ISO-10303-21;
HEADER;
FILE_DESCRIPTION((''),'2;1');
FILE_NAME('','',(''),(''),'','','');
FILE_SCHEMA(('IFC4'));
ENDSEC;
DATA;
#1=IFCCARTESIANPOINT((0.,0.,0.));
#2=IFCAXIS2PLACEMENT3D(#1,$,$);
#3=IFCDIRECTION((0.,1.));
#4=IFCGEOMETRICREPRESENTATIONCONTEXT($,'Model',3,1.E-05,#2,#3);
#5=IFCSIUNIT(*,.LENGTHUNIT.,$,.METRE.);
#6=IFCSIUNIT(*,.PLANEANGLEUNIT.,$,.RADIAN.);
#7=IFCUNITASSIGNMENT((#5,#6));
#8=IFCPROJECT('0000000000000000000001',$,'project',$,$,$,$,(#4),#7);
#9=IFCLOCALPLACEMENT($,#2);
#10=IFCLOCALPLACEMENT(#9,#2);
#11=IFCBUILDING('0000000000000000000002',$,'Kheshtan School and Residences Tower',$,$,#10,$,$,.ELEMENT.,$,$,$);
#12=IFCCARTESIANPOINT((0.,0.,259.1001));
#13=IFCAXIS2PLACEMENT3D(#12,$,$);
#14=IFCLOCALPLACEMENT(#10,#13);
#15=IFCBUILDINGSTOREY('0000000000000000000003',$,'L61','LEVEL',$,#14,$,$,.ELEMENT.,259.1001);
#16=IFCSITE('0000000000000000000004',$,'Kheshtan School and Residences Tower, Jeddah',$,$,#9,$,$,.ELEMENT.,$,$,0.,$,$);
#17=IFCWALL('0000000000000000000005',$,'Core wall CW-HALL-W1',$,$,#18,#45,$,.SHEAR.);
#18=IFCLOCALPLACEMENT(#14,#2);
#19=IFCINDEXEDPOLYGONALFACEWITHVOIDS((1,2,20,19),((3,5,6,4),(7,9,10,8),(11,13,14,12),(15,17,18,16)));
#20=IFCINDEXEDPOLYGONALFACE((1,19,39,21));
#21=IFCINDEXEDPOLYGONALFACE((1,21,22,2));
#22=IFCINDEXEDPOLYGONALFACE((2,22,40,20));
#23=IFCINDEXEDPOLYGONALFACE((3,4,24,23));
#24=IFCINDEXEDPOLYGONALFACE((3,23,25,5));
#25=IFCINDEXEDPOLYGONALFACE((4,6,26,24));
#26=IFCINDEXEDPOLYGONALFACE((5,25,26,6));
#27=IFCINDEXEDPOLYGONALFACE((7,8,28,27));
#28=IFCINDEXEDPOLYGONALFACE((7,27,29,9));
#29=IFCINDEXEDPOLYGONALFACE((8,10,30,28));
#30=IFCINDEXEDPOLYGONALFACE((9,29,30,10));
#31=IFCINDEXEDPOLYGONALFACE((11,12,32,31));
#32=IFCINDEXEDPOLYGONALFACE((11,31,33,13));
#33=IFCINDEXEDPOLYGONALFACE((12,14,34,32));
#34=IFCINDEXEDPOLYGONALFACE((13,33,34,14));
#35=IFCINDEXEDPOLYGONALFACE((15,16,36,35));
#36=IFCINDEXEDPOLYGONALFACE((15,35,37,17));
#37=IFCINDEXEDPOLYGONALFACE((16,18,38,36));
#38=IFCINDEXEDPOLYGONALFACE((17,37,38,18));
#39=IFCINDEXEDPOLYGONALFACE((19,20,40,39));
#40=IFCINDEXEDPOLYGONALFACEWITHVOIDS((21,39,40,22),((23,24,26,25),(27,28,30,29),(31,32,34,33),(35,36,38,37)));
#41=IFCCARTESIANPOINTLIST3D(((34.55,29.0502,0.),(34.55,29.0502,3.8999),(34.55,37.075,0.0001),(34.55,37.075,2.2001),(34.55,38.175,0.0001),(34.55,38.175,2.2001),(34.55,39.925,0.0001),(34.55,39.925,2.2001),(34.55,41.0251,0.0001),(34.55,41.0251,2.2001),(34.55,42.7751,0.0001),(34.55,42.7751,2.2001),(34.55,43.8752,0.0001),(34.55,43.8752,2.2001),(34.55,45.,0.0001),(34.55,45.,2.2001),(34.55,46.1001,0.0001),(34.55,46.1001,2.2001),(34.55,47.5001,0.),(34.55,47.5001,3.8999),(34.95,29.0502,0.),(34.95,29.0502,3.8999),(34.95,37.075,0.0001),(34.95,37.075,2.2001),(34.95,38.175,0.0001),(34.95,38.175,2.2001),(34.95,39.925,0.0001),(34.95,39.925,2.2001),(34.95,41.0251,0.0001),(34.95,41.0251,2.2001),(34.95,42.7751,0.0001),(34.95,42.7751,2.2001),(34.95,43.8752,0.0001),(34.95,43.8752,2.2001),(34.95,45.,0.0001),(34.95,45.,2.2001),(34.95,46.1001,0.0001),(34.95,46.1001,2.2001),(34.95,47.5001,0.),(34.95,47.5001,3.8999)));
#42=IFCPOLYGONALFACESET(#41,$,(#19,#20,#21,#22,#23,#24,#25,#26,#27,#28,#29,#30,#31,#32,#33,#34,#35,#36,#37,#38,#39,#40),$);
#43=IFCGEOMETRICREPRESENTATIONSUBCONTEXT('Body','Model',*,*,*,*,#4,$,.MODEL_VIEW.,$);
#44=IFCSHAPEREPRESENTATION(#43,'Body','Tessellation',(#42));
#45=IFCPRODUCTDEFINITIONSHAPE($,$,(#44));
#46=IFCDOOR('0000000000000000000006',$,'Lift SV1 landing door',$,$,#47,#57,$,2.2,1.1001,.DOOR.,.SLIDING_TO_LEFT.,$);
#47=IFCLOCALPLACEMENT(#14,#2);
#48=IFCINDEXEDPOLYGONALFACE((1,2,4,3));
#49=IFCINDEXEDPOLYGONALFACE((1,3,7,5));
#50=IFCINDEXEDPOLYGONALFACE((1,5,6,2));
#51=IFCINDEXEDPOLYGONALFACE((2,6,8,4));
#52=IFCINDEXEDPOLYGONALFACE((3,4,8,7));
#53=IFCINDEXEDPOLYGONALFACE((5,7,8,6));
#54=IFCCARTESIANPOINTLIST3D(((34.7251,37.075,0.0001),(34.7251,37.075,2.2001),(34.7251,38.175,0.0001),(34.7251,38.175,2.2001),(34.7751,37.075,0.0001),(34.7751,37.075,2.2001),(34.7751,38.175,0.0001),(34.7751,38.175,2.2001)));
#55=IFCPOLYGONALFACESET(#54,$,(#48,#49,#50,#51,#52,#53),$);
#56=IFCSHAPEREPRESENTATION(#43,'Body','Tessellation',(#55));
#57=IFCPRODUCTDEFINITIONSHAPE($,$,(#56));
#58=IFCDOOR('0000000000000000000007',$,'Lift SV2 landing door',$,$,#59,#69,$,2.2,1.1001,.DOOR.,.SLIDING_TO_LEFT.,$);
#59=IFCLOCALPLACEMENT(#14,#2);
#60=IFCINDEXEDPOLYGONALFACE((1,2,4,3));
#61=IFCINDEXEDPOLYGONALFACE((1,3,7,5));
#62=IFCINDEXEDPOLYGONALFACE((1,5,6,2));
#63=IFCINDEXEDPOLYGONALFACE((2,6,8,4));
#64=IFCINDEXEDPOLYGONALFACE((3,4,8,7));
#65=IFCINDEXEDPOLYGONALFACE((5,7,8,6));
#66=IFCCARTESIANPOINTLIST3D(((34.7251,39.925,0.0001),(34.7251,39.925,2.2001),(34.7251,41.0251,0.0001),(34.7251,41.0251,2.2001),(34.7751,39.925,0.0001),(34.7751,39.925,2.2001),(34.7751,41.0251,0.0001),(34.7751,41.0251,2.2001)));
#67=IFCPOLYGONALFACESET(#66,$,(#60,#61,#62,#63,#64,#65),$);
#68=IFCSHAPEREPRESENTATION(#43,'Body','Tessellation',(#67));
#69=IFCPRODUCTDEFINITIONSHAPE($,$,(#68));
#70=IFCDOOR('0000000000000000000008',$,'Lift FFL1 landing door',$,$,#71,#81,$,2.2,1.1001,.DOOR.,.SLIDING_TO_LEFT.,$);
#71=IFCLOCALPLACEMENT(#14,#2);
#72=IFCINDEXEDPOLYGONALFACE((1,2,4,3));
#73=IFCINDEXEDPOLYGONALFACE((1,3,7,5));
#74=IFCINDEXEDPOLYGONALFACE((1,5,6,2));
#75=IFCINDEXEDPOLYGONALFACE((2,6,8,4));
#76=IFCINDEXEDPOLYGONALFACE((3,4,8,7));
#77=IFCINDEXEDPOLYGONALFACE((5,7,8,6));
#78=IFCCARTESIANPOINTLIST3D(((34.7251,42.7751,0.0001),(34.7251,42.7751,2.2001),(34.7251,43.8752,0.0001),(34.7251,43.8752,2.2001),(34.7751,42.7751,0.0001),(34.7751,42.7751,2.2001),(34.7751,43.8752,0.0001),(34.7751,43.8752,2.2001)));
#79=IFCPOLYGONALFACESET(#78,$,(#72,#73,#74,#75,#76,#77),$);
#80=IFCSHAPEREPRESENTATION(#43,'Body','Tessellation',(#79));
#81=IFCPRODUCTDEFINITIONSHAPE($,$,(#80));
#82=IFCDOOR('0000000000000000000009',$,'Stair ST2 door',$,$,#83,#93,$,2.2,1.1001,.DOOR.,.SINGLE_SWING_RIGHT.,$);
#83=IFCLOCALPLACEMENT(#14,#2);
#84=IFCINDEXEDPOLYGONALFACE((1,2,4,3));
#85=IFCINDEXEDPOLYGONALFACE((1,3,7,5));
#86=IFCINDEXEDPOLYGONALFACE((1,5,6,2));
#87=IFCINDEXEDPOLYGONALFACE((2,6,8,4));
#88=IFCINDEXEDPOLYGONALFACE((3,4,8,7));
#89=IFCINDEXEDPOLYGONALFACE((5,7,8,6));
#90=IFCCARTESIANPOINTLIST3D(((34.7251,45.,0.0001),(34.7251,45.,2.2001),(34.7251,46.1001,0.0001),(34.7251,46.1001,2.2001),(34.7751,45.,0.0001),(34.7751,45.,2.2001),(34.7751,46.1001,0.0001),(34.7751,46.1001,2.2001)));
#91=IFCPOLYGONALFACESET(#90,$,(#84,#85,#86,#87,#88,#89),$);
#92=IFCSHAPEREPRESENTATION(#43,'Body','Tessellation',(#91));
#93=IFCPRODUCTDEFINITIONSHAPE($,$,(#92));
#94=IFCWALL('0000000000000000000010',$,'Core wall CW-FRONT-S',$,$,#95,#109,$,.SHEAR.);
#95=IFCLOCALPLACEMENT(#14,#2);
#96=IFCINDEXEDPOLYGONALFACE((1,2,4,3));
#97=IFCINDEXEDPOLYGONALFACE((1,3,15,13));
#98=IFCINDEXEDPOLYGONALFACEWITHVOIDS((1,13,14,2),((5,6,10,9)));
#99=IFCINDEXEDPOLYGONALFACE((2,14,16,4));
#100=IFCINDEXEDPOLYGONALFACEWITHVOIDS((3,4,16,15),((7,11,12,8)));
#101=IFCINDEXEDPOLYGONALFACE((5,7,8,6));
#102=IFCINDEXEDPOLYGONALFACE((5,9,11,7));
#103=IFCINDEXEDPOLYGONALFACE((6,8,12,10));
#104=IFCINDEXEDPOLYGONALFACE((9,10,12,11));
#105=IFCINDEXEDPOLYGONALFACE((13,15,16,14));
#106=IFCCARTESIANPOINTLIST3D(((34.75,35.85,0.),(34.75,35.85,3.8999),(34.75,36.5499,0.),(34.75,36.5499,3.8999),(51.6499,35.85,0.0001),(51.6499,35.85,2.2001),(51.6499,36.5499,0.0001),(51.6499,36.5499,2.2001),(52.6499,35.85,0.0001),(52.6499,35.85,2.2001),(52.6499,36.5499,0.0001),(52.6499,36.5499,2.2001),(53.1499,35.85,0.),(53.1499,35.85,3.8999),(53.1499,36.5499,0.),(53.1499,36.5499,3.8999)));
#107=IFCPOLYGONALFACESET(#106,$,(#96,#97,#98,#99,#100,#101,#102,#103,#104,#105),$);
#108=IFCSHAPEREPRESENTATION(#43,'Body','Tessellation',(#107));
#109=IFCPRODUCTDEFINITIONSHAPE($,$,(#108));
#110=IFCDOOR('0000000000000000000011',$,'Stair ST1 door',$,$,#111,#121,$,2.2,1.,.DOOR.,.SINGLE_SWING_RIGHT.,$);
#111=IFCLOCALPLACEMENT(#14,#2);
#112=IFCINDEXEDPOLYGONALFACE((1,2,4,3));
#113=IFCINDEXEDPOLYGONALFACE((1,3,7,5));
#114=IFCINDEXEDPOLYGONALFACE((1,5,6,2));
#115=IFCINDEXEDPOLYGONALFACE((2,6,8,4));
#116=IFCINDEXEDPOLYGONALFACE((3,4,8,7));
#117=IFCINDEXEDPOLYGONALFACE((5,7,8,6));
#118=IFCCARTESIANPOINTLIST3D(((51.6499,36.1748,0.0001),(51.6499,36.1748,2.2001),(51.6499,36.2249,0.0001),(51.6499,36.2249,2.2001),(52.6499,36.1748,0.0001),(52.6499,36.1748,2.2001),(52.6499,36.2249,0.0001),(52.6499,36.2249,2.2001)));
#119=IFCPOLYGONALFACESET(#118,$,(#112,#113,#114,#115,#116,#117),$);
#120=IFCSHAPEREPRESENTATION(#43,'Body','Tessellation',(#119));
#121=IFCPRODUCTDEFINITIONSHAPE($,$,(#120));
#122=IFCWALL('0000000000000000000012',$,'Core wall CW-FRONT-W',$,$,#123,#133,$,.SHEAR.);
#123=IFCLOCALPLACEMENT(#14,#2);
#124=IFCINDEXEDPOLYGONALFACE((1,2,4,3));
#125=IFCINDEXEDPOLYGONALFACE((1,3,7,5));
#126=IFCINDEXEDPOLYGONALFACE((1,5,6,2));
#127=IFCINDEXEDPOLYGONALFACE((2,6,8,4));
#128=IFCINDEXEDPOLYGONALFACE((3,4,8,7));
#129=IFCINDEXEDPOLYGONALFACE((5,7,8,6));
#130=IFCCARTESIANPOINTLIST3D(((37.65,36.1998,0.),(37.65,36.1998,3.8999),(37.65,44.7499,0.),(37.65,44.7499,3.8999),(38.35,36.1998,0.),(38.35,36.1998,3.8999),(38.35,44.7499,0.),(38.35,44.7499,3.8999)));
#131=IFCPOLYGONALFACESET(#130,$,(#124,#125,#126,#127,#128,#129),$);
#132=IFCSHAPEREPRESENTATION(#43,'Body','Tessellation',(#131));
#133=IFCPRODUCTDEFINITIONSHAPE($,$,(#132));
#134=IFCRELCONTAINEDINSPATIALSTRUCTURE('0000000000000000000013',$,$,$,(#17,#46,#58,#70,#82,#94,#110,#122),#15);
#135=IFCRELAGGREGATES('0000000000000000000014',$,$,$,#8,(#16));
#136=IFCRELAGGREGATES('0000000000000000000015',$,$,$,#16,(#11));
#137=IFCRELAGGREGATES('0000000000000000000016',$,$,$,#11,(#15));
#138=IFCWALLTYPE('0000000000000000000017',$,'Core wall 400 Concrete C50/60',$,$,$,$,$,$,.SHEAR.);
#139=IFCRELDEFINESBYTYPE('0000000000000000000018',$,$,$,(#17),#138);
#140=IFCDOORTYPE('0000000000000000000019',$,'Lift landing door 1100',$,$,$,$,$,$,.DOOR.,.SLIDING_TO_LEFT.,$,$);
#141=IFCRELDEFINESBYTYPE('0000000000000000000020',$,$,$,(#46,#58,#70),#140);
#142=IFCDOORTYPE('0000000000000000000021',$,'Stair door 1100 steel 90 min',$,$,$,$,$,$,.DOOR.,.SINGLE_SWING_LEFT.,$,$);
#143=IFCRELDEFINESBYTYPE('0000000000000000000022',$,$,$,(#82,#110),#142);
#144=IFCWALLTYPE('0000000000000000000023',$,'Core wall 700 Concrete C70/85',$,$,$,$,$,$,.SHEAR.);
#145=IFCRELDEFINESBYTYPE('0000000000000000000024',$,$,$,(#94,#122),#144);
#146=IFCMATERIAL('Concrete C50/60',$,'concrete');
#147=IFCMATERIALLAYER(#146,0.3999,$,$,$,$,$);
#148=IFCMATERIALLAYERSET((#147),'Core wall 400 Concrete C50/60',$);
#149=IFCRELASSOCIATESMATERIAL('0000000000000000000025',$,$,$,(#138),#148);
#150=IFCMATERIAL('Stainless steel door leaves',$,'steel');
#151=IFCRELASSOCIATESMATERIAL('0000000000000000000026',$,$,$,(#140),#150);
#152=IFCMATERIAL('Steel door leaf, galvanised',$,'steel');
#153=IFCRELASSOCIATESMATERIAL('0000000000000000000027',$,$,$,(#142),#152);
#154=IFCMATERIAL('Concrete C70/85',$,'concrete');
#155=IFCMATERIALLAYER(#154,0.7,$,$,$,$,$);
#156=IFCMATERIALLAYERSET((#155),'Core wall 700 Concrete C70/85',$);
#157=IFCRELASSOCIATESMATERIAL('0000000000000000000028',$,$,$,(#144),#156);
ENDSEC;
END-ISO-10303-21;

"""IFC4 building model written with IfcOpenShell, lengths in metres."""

from ifc_helpers import new_model, si_unit, direction, frame, frame_2d, origin, place, context, subcontext, project, spatial, rectangle, extrude, source, transform, mapped, material, layer, layer_set, type_object, element, fill, save


model = new_model("IFC4")

# Units and contexts
model_context = context("Model", 3, precision=1e-05, world=origin(), true_north=direction((0.0, 1.0)))
body_context = subcontext(model_context, "Body", "Model", "MODEL_VIEW")
ifc_project = project(units=[si_unit("LENGTHUNIT", "METRE"), si_unit("PLANEANGLEUNIT", "RADIAN")], contexts=[model_context])

# Site, building, storey
site_placement = place(None, origin())
site = spatial("IfcSite", under=ifc_project, at=site_placement, Name="Kheshtan School and Residences Tower, Jeddah", CompositionType="ELEMENT", RefElevation=0.0)
building_placement = place(site_placement, origin())
building = spatial("IfcBuilding", under=site, at=building_placement, Name="Kheshtan School and Residences Tower", CompositionType="ELEMENT")
storey_placement = place(building_placement, frame((0.0, 0.0, 259.1001)))
storey = spatial("IfcBuildingStorey", under=building, at=storey_placement, Name="L61", Description="LEVEL", CompositionType="ELEMENT", Elevation=259.1001)

# Shared definitions
ifc_material_1 = material(Name="Concrete C50/60", Category="concrete")
ifc_layer_1 = layer(ifc_material_1, 0.3999)
ifc_layer_set_1 = layer_set([ifc_layer_1], Name="Core wall 400 Concrete C50/60")
wall_type_1 = type_object("IfcWallType", Name="Core wall 400 Concrete C50/60", PredefinedType="SHEAR", material=ifc_layer_set_1)
ifc_material_2 = material(Name="Stainless steel door leaves", Category="steel")
door_type_1 = type_object("IfcDoorType", Name="Lift landing door 1100", OperationType="SLIDING_TO_LEFT", PredefinedType="DOOR", material=ifc_material_2)
shared_shape_1 = source(origin(), body_context, "Body", "SweptSolid", [
    extrude(rectangle(XDim=1.1001, YDim=2.2, at=frame_2d((0.55, 1.1001))), frame((0.0, 0.0249, 0.0), z_axis=(0.0, -1.0, 0.0), x_axis=(1.0, 0.0, 0.0)), (0.0, 0.0, 1.0), 0.05),
])

# Wall, openings, doors
wall_1_placement = place(storey_placement, frame((34.75, 29.05, 0.0), z_axis=(0.0, 0.0, 1.0), x_axis=(0.0, 1.0, 0.0)))
wall_1 = element("IfcWall", 1, at=wall_1_placement, inside=storey, type_object=wall_type_1, Name="Core wall CW-HALL-W1", PredefinedType="SHEAR", context=body_context, shape_type="SweptSolid", body=[
    extrude(rectangle(XDim=18.45, YDim=0.3999, at=frame_2d((9.2251, 0.0))), origin(), (0.0, 0.0, 1.0), 3.8999),
])
opening_1_placement = place(wall_1_placement, frame((8.0249, 0.0, 0.0)))
opening_1 = element("IfcOpeningElement", 2, at=opening_1_placement, cuts=wall_1, PredefinedType="OPENING", context=body_context, shape_type="SweptSolid", body=[
    extrude(rectangle(XDim=1.1001, YDim=2.2, at=frame_2d((0.55, 1.1001))), frame((0.0, 0.21, 0.0), z_axis=(0.0, -1.0, 0.0), x_axis=(1.0, 0.0, 0.0)), (0.0, 0.0, 1.0), 0.4199),
])
opening_2_placement = place(wall_1_placement, frame((10.875, 0.0, 0.0)))
opening_2 = element("IfcOpeningElement", 3, at=opening_2_placement, cuts=wall_1, PredefinedType="OPENING", context=body_context, shape_type="SweptSolid", body=[
    extrude(rectangle(XDim=1.1001, YDim=2.2, at=frame_2d((0.55, 1.1001))), frame((0.0, 0.21, 0.0), z_axis=(0.0, -1.0, 0.0), x_axis=(1.0, 0.0, 0.0)), (0.0, 0.0, 1.0), 0.4199),
])
opening_3_placement = place(wall_1_placement, frame((13.7251, 0.0, 0.0)))
opening_3 = element("IfcOpeningElement", 4, at=opening_3_placement, cuts=wall_1, PredefinedType="OPENING", context=body_context, shape_type="SweptSolid", body=[
    extrude(rectangle(XDim=1.1001, YDim=2.2, at=frame_2d((0.55, 1.1001))), frame((0.0, 0.21, 0.0), z_axis=(0.0, -1.0, 0.0), x_axis=(1.0, 0.0, 0.0)), (0.0, 0.0, 1.0), 0.4199),
])
opening_4_placement = place(wall_1_placement, frame((15.95, 0.0, 0.0)))
opening_4 = element("IfcOpeningElement", 5, at=opening_4_placement, cuts=wall_1, PredefinedType="OPENING", context=body_context, shape_type="SweptSolid", body=[
    extrude(rectangle(XDim=1.1001, YDim=2.2, at=frame_2d((0.55, 1.1001))), frame((0.0, 0.21, 0.0), z_axis=(0.0, -1.0, 0.0), x_axis=(1.0, 0.0, 0.0)), (0.0, 0.0, 1.0), 0.4199),
])
door_1_placement = place(opening_1_placement, origin())
door_1 = element("IfcDoor", 6, at=door_1_placement, inside=storey, type_object=door_type_1, Name="Lift SV1 landing door", OperationType="SLIDING_TO_LEFT", OverallHeight=2.2, OverallWidth=1.1001, PredefinedType="DOOR", context=body_context, shape_type="MappedRepresentation", body=[
    mapped(shared_shape_1, transform((0.0, 0.0, 0.0), x_axis=(1.0, 0.0, 0.0), y_axis=(0.0, 1.0, 0.0), z_axis=(0.0, 0.0, 1.0), scale=1.0)),
])
fill(opening_1, door_1)
door_2_placement = place(opening_2_placement, origin())
door_2 = element("IfcDoor", 7, at=door_2_placement, inside=storey, type_object=door_type_1, Name="Lift SV2 landing door", OperationType="SLIDING_TO_LEFT", OverallHeight=2.2, OverallWidth=1.1001, PredefinedType="DOOR", context=body_context, shape_type="MappedRepresentation", body=[
    mapped(shared_shape_1, transform((0.0, 0.0, 0.0), x_axis=(1.0, 0.0, 0.0), y_axis=(0.0, 1.0, 0.0), z_axis=(0.0, 0.0, 1.0), scale=1.0)),
])
fill(opening_2, door_2)
door_3_placement = place(opening_3_placement, origin())
door_3 = element("IfcDoor", 8, at=door_3_placement, inside=storey, type_object=door_type_1, Name="Lift FFL1 landing door", OperationType="SLIDING_TO_LEFT", OverallHeight=2.2, OverallWidth=1.1001, PredefinedType="DOOR", context=body_context, shape_type="MappedRepresentation", body=[
    mapped(shared_shape_1, transform((0.0, 0.0, 0.0), x_axis=(1.0, 0.0, 0.0), y_axis=(0.0, 1.0, 0.0), z_axis=(0.0, 0.0, 1.0), scale=1.0)),
])
fill(opening_3, door_3)
ifc_material_3 = material(Name="Steel door leaf, galvanised", Category="steel")
door_type_2 = type_object("IfcDoorType", Name="Stair door 1100 steel 90 min", OperationType="SINGLE_SWING_LEFT", PredefinedType="DOOR", material=ifc_material_3)
shared_shape_2 = source(origin(), body_context, "Body", "SweptSolid", [
    extrude(rectangle(XDim=1.1001, YDim=2.2, at=frame_2d((0.55, 1.1001))), frame((0.0, 0.0249, 0.0), z_axis=(0.0, -1.0, 0.0), x_axis=(1.0, 0.0, 0.0)), (0.0, 0.0, 1.0), 0.05),
])
door_4_placement = place(opening_4_placement, origin())
door_4 = element("IfcDoor", 9, at=door_4_placement, inside=storey, type_object=door_type_2, Name="Stair ST2 door", OperationType="SINGLE_SWING_RIGHT", OverallHeight=2.2, OverallWidth=1.1001, PredefinedType="DOOR", context=body_context, shape_type="MappedRepresentation", body=[
    mapped(shared_shape_2, transform((0.0, 0.0, 0.0), x_axis=(1.0, 0.0, 0.0), y_axis=(0.0, 1.0, 0.0), z_axis=(0.0, 0.0, 1.0), scale=1.0)),
])
fill(opening_4, door_4)

# Wall, opening, door
ifc_material_4 = material(Name="Concrete C70/85", Category="concrete")
ifc_layer_2 = layer(ifc_material_4, 0.7)
ifc_layer_set_2 = layer_set([ifc_layer_2], Name="Core wall 700 Concrete C70/85")
wall_type_2 = type_object("IfcWallType", Name="Core wall 700 Concrete C70/85", PredefinedType="SHEAR", material=ifc_layer_set_2)
wall_2_placement = place(storey_placement, frame((34.75, 36.2, 0.0), z_axis=(0.0, 0.0, 1.0), x_axis=(1.0, 0.0, 0.0)))
wall_2 = element("IfcWall", 10, at=wall_2_placement, inside=storey, type_object=wall_type_2, Name="Core wall CW-FRONT-S", PredefinedType="SHEAR", context=body_context, shape_type="SweptSolid", body=[
    extrude(rectangle(XDim=18.3999, YDim=0.7, at=frame_2d((9.2, 0.0))), origin(), (0.0, 0.0, 1.0), 3.8999),
])
opening_5_placement = place(wall_2_placement, frame((16.8999, 0.0, 0.0)))
opening_5 = element("IfcOpeningElement", 11, at=opening_5_placement, cuts=wall_2, PredefinedType="OPENING", context=body_context, shape_type="SweptSolid", body=[
    extrude(rectangle(XDim=1.0, YDim=2.2, at=frame_2d((0.5, 1.1001))), frame((0.0, 0.3599, 0.0), z_axis=(0.0, -1.0, 0.0), x_axis=(1.0, 0.0, 0.0)), (0.0, 0.0, 1.0), 0.72),
])
shared_shape_3 = source(origin(), body_context, "Body", "SweptSolid", [
    extrude(rectangle(XDim=1.0, YDim=2.2, at=frame_2d((0.5, 1.1001))), frame((0.0, 0.0249, 0.0), z_axis=(0.0, -1.0, 0.0), x_axis=(1.0, 0.0, 0.0)), (0.0, 0.0, 1.0), 0.05),
])
door_5_placement = place(opening_5_placement, origin())
door_5 = element("IfcDoor", 12, at=door_5_placement, inside=storey, type_object=door_type_2, Name="Stair ST1 door", OperationType="SINGLE_SWING_RIGHT", OverallHeight=2.2, OverallWidth=1.0, PredefinedType="DOOR", context=body_context, shape_type="MappedRepresentation", body=[
    mapped(shared_shape_3, transform((0.0, 0.0, 0.0), x_axis=(1.0, 0.0, 0.0), y_axis=(0.0, 1.0, 0.0), z_axis=(0.0, 0.0, 1.0), scale=1.0)),
])
fill(opening_5, door_5)

# Wall
wall_3_placement = place(storey_placement, frame((38.0, 36.2, 0.0), z_axis=(0.0, 0.0, 1.0), x_axis=(0.0, 1.0, 0.0)))
element("IfcWall", 13, at=wall_3_placement, inside=storey, type_object=wall_type_2, Name="Core wall CW-FRONT-W", PredefinedType="SHEAR", context=body_context, shape_type="SweptSolid", body=[
    extrude(rectangle(XDim=8.55, YDim=0.7, at=frame_2d((4.2749, 0.0))), origin(), (0.0, 0.0, 1.0), 3.8999),
])

save(model, "model.ifc")
